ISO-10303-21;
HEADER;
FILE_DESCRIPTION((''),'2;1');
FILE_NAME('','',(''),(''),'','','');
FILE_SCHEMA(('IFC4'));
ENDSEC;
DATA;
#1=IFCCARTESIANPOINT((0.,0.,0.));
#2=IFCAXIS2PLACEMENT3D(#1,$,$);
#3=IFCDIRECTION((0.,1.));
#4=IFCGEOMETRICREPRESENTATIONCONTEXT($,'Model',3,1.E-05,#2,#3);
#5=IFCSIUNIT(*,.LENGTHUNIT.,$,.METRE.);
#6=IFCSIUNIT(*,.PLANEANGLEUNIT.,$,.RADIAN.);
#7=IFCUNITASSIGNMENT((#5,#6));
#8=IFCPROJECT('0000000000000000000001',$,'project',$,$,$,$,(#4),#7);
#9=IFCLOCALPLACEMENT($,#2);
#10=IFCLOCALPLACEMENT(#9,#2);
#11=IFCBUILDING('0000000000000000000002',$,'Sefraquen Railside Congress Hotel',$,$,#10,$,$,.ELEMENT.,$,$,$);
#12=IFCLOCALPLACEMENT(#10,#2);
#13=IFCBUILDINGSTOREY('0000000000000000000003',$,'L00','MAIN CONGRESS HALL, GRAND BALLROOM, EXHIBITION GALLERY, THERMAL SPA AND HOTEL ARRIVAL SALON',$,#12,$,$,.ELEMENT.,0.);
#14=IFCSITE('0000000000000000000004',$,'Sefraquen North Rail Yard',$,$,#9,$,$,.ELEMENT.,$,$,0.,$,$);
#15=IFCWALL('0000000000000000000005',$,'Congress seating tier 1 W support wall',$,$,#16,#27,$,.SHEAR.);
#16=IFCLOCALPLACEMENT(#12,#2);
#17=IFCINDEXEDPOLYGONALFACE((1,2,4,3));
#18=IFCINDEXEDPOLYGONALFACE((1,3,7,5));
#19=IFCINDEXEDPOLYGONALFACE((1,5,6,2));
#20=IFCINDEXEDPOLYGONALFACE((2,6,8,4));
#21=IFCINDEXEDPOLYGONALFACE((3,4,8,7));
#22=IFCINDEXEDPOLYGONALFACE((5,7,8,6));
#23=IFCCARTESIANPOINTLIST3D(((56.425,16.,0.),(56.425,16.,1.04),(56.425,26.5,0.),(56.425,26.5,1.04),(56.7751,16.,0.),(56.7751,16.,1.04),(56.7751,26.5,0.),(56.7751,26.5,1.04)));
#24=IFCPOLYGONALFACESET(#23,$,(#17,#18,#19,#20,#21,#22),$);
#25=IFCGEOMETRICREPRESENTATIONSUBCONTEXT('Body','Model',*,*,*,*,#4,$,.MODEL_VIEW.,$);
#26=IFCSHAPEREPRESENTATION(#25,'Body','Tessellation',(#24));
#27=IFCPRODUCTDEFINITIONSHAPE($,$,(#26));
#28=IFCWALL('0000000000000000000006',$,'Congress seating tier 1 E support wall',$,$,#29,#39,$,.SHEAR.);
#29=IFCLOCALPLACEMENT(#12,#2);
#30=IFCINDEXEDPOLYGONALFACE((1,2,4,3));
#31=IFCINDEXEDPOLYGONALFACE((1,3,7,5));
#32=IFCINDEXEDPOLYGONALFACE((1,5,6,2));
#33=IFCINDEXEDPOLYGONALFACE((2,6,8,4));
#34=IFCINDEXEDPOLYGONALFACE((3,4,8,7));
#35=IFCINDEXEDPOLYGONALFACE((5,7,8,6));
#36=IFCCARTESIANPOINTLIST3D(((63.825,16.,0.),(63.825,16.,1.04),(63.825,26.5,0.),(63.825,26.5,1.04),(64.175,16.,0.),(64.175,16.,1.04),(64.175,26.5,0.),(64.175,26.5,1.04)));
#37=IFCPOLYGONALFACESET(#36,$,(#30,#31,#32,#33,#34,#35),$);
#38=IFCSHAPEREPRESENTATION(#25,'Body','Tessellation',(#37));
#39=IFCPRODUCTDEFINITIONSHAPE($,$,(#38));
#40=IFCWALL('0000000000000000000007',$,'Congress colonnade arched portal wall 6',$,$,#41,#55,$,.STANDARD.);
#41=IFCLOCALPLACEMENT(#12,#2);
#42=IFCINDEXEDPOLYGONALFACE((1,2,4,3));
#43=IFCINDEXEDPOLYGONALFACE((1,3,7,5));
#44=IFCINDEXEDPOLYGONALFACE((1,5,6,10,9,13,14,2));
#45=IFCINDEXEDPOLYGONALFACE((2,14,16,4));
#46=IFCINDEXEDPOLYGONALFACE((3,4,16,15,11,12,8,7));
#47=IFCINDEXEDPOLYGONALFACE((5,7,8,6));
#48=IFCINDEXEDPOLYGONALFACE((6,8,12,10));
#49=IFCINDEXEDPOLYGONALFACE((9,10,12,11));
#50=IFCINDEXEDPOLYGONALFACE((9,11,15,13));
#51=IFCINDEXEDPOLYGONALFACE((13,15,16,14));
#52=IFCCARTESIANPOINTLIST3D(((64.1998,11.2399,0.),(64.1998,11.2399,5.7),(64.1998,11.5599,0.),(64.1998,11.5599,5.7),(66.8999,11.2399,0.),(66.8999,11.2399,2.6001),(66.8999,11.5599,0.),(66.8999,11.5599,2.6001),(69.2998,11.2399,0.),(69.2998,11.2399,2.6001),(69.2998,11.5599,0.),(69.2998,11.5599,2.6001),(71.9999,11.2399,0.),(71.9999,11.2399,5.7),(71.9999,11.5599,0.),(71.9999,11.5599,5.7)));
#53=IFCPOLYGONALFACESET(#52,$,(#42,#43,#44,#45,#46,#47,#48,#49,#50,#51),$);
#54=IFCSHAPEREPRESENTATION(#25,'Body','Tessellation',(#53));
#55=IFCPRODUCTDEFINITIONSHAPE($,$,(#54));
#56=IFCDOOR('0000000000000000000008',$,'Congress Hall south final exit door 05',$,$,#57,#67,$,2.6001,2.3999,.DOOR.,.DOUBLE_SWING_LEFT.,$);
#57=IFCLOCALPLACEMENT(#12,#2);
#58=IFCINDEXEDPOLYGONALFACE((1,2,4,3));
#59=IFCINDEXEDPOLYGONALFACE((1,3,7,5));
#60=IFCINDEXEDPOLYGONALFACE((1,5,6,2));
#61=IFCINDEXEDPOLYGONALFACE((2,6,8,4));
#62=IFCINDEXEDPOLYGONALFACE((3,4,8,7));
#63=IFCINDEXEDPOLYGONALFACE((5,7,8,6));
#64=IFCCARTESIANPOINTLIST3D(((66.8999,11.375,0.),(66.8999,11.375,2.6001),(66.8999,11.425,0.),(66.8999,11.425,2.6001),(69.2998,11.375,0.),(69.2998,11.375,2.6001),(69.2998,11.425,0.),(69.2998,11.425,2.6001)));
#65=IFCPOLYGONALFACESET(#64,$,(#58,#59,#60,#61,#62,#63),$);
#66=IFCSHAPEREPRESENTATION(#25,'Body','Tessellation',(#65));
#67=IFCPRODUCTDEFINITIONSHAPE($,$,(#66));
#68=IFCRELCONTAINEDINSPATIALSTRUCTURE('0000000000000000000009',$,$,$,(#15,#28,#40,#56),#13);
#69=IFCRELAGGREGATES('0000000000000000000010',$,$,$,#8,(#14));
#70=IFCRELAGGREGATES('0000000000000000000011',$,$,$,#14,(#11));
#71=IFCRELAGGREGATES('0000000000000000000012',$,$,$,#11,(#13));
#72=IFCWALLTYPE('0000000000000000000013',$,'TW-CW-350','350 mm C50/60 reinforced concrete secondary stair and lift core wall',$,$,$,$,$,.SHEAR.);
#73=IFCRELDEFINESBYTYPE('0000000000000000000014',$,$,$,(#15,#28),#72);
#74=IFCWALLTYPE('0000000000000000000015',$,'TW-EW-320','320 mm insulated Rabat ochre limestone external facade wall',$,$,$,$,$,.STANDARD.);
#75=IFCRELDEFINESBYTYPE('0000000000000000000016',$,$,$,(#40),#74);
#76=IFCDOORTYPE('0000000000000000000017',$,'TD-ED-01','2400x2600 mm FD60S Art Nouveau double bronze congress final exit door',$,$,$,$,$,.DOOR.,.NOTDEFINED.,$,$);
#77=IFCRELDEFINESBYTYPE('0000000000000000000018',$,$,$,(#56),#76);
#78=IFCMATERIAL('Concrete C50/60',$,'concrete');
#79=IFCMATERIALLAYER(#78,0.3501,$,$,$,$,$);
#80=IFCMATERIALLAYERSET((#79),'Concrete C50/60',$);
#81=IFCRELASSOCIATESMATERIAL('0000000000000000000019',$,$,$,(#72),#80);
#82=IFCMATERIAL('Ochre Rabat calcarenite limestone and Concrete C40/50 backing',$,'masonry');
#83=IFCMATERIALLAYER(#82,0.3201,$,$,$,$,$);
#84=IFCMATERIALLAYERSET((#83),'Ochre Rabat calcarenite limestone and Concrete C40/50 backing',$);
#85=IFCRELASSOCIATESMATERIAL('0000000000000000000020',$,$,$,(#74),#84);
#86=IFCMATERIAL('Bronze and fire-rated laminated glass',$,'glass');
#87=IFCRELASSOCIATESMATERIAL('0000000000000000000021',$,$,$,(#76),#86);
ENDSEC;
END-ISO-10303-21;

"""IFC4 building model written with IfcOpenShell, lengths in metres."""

from ifc_helpers import new_model, si_unit, direction, frame, frame_2d, origin, place, context, subcontext, project, spatial, rectangle, extrude, material, layer, layer_set, type_object, element, fill, save


model = new_model("IFC4")

# Units and contexts
model_context = context("Model", 3, precision=1e-05, world=origin(), true_north=direction((0.0, 1.0)))
body_context = subcontext(model_context, "Body", "Model", "MODEL_VIEW")
ifc_project = project(units=[si_unit("LENGTHUNIT", "METRE"), si_unit("PLANEANGLEUNIT", "RADIAN")], contexts=[model_context])

# Site, building, storey
site_placement = place(None, origin())
site = spatial("IfcSite", under=ifc_project, at=site_placement, Name="Sefraquen North Rail Yard", CompositionType="ELEMENT", RefElevation=0.0)
building_placement = place(site_placement, origin())
building = spatial("IfcBuilding", under=site, at=building_placement, Name="Sefraquen Railside Congress Hotel", CompositionType="ELEMENT")
storey_placement = place(building_placement, origin())
storey = spatial("IfcBuildingStorey", under=building, at=storey_placement, Name="L00", Description="MAIN CONGRESS HALL, GRAND BALLROOM, EXHIBITION GALLERY, THERMAL SPA AND HOTEL ARRIVAL SALON", CompositionType="ELEMENT", Elevation=0.0)

# Walls
ifc_material_1 = material(Name="Concrete C50/60", Category="concrete")
ifc_layer_1 = layer(ifc_material_1, 0.3501)
ifc_layer_set_1 = layer_set([ifc_layer_1], Name="Concrete C50/60")
wall_type_1 = type_object("IfcWallType", Name="TW-CW-350", Description="350 mm C50/60 reinforced concrete secondary stair and lift core wall", PredefinedType="SHEAR", material=ifc_layer_set_1)
for number, where, z_axis, x_axis, name in (
    (1, (56.6001, 16.0, 0.0), (0.0, 0.0, 1.0), (0.0, 1.0, 0.0), "Congress seating tier 1 W support wall"),
    (2, (64.0, 16.0, 0.0), (0.0, 0.0, 1.0), (0.0, 1.0, 0.0), "Congress seating tier 1 E support wall"),
):
    element("IfcWall", number, at=place(storey_placement, frame(where, z_axis=z_axis, x_axis=x_axis)), inside=storey, type_object=wall_type_1, Name=name, PredefinedType="SHEAR", context=body_context, shape_type="SweptSolid", body=[
        extrude(rectangle(XDim=10.5, YDim=0.3501, at=frame_2d((5.25, 0.0))), origin(), (0.0, 0.0, 1.0), 1.04),
    ])

# Wall, opening, door
ifc_material_2 = material(Name="Ochre Rabat calcarenite limestone and Concrete C40/50 backing", Category="masonry")
ifc_layer_2 = layer(ifc_material_2, 0.3201)
ifc_layer_set_2 = layer_set([ifc_layer_2], Name="Ochre Rabat calcarenite limestone and Concrete C40/50 backing")
wall_type_2 = type_object("IfcWallType", Name="TW-EW-320", Description="320 mm insulated Rabat ochre limestone external facade wall", PredefinedType="STANDARD", material=ifc_layer_set_2)
wall_placement = place(storey_placement, frame((64.2, 11.3999, 0.0), z_axis=(0.0, 0.0, 1.0), x_axis=(1.0, 0.0, 0.0)))
wall = element("IfcWall", 3, at=wall_placement, inside=storey, type_object=wall_type_2, Name="Congress colonnade arched portal wall 6", PredefinedType="STANDARD", context=body_context, shape_type="SweptSolid", body=[
    extrude(rectangle(XDim=7.8, YDim=0.3201, at=frame_2d((3.8999, 0.0))), origin(), (0.0, 0.0, 1.0), 5.7),
])
opening_placement = place(wall_placement, frame((2.7, 0.0, 0.0)))
opening = element("IfcOpeningElement", 4, at=opening_placement, cuts=wall, PredefinedType="OPENING", context=body_context, shape_type="SweptSolid", body=[
    extrude(rectangle(XDim=2.3999, YDim=2.6001, at=frame_2d((1.2, 1.3))), frame((0.0, 0.1699, 0.0), z_axis=(0.0, -1.0, 0.0), x_axis=(1.0, 0.0, 0.0)), (0.0, 0.0, 1.0), 0.3401),
])
ifc_material_3 = material(Name="Bronze and fire-rated laminated glass", Category="glass")
door_type = type_object("IfcDoorType", Name="TD-ED-01", Description="2400x2600 mm FD60S Art Nouveau double bronze congress final exit door", OperationType="NOTDEFINED", PredefinedType="DOOR", material=ifc_material_3)
door_placement = place(opening_placement, frame((2.3999, 0.0, 0.0), z_axis=(0.0, 0.0, 1.0), x_axis=(-1.0, 0.0, 0.0)))
door = element("IfcDoor", 5, at=door_placement, inside=storey, type_object=door_type, Name="Congress Hall south final exit door 05", OperationType="DOUBLE_SWING_LEFT", OverallHeight=2.6001, OverallWidth=2.3999, PredefinedType="DOOR", context=body_context, shape_type="SweptSolid", body=[
    extrude(rectangle(XDim=2.3999, YDim=2.6001, at=frame_2d((1.2, 1.3))), frame((0.0, 0.0249, 0.0), z_axis=(0.0, -1.0, 0.0), x_axis=(1.0, 0.0, 0.0)), (0.0, 0.0, 1.0), 0.05),
])
fill(opening, door)

save(model, "model.ifc")
